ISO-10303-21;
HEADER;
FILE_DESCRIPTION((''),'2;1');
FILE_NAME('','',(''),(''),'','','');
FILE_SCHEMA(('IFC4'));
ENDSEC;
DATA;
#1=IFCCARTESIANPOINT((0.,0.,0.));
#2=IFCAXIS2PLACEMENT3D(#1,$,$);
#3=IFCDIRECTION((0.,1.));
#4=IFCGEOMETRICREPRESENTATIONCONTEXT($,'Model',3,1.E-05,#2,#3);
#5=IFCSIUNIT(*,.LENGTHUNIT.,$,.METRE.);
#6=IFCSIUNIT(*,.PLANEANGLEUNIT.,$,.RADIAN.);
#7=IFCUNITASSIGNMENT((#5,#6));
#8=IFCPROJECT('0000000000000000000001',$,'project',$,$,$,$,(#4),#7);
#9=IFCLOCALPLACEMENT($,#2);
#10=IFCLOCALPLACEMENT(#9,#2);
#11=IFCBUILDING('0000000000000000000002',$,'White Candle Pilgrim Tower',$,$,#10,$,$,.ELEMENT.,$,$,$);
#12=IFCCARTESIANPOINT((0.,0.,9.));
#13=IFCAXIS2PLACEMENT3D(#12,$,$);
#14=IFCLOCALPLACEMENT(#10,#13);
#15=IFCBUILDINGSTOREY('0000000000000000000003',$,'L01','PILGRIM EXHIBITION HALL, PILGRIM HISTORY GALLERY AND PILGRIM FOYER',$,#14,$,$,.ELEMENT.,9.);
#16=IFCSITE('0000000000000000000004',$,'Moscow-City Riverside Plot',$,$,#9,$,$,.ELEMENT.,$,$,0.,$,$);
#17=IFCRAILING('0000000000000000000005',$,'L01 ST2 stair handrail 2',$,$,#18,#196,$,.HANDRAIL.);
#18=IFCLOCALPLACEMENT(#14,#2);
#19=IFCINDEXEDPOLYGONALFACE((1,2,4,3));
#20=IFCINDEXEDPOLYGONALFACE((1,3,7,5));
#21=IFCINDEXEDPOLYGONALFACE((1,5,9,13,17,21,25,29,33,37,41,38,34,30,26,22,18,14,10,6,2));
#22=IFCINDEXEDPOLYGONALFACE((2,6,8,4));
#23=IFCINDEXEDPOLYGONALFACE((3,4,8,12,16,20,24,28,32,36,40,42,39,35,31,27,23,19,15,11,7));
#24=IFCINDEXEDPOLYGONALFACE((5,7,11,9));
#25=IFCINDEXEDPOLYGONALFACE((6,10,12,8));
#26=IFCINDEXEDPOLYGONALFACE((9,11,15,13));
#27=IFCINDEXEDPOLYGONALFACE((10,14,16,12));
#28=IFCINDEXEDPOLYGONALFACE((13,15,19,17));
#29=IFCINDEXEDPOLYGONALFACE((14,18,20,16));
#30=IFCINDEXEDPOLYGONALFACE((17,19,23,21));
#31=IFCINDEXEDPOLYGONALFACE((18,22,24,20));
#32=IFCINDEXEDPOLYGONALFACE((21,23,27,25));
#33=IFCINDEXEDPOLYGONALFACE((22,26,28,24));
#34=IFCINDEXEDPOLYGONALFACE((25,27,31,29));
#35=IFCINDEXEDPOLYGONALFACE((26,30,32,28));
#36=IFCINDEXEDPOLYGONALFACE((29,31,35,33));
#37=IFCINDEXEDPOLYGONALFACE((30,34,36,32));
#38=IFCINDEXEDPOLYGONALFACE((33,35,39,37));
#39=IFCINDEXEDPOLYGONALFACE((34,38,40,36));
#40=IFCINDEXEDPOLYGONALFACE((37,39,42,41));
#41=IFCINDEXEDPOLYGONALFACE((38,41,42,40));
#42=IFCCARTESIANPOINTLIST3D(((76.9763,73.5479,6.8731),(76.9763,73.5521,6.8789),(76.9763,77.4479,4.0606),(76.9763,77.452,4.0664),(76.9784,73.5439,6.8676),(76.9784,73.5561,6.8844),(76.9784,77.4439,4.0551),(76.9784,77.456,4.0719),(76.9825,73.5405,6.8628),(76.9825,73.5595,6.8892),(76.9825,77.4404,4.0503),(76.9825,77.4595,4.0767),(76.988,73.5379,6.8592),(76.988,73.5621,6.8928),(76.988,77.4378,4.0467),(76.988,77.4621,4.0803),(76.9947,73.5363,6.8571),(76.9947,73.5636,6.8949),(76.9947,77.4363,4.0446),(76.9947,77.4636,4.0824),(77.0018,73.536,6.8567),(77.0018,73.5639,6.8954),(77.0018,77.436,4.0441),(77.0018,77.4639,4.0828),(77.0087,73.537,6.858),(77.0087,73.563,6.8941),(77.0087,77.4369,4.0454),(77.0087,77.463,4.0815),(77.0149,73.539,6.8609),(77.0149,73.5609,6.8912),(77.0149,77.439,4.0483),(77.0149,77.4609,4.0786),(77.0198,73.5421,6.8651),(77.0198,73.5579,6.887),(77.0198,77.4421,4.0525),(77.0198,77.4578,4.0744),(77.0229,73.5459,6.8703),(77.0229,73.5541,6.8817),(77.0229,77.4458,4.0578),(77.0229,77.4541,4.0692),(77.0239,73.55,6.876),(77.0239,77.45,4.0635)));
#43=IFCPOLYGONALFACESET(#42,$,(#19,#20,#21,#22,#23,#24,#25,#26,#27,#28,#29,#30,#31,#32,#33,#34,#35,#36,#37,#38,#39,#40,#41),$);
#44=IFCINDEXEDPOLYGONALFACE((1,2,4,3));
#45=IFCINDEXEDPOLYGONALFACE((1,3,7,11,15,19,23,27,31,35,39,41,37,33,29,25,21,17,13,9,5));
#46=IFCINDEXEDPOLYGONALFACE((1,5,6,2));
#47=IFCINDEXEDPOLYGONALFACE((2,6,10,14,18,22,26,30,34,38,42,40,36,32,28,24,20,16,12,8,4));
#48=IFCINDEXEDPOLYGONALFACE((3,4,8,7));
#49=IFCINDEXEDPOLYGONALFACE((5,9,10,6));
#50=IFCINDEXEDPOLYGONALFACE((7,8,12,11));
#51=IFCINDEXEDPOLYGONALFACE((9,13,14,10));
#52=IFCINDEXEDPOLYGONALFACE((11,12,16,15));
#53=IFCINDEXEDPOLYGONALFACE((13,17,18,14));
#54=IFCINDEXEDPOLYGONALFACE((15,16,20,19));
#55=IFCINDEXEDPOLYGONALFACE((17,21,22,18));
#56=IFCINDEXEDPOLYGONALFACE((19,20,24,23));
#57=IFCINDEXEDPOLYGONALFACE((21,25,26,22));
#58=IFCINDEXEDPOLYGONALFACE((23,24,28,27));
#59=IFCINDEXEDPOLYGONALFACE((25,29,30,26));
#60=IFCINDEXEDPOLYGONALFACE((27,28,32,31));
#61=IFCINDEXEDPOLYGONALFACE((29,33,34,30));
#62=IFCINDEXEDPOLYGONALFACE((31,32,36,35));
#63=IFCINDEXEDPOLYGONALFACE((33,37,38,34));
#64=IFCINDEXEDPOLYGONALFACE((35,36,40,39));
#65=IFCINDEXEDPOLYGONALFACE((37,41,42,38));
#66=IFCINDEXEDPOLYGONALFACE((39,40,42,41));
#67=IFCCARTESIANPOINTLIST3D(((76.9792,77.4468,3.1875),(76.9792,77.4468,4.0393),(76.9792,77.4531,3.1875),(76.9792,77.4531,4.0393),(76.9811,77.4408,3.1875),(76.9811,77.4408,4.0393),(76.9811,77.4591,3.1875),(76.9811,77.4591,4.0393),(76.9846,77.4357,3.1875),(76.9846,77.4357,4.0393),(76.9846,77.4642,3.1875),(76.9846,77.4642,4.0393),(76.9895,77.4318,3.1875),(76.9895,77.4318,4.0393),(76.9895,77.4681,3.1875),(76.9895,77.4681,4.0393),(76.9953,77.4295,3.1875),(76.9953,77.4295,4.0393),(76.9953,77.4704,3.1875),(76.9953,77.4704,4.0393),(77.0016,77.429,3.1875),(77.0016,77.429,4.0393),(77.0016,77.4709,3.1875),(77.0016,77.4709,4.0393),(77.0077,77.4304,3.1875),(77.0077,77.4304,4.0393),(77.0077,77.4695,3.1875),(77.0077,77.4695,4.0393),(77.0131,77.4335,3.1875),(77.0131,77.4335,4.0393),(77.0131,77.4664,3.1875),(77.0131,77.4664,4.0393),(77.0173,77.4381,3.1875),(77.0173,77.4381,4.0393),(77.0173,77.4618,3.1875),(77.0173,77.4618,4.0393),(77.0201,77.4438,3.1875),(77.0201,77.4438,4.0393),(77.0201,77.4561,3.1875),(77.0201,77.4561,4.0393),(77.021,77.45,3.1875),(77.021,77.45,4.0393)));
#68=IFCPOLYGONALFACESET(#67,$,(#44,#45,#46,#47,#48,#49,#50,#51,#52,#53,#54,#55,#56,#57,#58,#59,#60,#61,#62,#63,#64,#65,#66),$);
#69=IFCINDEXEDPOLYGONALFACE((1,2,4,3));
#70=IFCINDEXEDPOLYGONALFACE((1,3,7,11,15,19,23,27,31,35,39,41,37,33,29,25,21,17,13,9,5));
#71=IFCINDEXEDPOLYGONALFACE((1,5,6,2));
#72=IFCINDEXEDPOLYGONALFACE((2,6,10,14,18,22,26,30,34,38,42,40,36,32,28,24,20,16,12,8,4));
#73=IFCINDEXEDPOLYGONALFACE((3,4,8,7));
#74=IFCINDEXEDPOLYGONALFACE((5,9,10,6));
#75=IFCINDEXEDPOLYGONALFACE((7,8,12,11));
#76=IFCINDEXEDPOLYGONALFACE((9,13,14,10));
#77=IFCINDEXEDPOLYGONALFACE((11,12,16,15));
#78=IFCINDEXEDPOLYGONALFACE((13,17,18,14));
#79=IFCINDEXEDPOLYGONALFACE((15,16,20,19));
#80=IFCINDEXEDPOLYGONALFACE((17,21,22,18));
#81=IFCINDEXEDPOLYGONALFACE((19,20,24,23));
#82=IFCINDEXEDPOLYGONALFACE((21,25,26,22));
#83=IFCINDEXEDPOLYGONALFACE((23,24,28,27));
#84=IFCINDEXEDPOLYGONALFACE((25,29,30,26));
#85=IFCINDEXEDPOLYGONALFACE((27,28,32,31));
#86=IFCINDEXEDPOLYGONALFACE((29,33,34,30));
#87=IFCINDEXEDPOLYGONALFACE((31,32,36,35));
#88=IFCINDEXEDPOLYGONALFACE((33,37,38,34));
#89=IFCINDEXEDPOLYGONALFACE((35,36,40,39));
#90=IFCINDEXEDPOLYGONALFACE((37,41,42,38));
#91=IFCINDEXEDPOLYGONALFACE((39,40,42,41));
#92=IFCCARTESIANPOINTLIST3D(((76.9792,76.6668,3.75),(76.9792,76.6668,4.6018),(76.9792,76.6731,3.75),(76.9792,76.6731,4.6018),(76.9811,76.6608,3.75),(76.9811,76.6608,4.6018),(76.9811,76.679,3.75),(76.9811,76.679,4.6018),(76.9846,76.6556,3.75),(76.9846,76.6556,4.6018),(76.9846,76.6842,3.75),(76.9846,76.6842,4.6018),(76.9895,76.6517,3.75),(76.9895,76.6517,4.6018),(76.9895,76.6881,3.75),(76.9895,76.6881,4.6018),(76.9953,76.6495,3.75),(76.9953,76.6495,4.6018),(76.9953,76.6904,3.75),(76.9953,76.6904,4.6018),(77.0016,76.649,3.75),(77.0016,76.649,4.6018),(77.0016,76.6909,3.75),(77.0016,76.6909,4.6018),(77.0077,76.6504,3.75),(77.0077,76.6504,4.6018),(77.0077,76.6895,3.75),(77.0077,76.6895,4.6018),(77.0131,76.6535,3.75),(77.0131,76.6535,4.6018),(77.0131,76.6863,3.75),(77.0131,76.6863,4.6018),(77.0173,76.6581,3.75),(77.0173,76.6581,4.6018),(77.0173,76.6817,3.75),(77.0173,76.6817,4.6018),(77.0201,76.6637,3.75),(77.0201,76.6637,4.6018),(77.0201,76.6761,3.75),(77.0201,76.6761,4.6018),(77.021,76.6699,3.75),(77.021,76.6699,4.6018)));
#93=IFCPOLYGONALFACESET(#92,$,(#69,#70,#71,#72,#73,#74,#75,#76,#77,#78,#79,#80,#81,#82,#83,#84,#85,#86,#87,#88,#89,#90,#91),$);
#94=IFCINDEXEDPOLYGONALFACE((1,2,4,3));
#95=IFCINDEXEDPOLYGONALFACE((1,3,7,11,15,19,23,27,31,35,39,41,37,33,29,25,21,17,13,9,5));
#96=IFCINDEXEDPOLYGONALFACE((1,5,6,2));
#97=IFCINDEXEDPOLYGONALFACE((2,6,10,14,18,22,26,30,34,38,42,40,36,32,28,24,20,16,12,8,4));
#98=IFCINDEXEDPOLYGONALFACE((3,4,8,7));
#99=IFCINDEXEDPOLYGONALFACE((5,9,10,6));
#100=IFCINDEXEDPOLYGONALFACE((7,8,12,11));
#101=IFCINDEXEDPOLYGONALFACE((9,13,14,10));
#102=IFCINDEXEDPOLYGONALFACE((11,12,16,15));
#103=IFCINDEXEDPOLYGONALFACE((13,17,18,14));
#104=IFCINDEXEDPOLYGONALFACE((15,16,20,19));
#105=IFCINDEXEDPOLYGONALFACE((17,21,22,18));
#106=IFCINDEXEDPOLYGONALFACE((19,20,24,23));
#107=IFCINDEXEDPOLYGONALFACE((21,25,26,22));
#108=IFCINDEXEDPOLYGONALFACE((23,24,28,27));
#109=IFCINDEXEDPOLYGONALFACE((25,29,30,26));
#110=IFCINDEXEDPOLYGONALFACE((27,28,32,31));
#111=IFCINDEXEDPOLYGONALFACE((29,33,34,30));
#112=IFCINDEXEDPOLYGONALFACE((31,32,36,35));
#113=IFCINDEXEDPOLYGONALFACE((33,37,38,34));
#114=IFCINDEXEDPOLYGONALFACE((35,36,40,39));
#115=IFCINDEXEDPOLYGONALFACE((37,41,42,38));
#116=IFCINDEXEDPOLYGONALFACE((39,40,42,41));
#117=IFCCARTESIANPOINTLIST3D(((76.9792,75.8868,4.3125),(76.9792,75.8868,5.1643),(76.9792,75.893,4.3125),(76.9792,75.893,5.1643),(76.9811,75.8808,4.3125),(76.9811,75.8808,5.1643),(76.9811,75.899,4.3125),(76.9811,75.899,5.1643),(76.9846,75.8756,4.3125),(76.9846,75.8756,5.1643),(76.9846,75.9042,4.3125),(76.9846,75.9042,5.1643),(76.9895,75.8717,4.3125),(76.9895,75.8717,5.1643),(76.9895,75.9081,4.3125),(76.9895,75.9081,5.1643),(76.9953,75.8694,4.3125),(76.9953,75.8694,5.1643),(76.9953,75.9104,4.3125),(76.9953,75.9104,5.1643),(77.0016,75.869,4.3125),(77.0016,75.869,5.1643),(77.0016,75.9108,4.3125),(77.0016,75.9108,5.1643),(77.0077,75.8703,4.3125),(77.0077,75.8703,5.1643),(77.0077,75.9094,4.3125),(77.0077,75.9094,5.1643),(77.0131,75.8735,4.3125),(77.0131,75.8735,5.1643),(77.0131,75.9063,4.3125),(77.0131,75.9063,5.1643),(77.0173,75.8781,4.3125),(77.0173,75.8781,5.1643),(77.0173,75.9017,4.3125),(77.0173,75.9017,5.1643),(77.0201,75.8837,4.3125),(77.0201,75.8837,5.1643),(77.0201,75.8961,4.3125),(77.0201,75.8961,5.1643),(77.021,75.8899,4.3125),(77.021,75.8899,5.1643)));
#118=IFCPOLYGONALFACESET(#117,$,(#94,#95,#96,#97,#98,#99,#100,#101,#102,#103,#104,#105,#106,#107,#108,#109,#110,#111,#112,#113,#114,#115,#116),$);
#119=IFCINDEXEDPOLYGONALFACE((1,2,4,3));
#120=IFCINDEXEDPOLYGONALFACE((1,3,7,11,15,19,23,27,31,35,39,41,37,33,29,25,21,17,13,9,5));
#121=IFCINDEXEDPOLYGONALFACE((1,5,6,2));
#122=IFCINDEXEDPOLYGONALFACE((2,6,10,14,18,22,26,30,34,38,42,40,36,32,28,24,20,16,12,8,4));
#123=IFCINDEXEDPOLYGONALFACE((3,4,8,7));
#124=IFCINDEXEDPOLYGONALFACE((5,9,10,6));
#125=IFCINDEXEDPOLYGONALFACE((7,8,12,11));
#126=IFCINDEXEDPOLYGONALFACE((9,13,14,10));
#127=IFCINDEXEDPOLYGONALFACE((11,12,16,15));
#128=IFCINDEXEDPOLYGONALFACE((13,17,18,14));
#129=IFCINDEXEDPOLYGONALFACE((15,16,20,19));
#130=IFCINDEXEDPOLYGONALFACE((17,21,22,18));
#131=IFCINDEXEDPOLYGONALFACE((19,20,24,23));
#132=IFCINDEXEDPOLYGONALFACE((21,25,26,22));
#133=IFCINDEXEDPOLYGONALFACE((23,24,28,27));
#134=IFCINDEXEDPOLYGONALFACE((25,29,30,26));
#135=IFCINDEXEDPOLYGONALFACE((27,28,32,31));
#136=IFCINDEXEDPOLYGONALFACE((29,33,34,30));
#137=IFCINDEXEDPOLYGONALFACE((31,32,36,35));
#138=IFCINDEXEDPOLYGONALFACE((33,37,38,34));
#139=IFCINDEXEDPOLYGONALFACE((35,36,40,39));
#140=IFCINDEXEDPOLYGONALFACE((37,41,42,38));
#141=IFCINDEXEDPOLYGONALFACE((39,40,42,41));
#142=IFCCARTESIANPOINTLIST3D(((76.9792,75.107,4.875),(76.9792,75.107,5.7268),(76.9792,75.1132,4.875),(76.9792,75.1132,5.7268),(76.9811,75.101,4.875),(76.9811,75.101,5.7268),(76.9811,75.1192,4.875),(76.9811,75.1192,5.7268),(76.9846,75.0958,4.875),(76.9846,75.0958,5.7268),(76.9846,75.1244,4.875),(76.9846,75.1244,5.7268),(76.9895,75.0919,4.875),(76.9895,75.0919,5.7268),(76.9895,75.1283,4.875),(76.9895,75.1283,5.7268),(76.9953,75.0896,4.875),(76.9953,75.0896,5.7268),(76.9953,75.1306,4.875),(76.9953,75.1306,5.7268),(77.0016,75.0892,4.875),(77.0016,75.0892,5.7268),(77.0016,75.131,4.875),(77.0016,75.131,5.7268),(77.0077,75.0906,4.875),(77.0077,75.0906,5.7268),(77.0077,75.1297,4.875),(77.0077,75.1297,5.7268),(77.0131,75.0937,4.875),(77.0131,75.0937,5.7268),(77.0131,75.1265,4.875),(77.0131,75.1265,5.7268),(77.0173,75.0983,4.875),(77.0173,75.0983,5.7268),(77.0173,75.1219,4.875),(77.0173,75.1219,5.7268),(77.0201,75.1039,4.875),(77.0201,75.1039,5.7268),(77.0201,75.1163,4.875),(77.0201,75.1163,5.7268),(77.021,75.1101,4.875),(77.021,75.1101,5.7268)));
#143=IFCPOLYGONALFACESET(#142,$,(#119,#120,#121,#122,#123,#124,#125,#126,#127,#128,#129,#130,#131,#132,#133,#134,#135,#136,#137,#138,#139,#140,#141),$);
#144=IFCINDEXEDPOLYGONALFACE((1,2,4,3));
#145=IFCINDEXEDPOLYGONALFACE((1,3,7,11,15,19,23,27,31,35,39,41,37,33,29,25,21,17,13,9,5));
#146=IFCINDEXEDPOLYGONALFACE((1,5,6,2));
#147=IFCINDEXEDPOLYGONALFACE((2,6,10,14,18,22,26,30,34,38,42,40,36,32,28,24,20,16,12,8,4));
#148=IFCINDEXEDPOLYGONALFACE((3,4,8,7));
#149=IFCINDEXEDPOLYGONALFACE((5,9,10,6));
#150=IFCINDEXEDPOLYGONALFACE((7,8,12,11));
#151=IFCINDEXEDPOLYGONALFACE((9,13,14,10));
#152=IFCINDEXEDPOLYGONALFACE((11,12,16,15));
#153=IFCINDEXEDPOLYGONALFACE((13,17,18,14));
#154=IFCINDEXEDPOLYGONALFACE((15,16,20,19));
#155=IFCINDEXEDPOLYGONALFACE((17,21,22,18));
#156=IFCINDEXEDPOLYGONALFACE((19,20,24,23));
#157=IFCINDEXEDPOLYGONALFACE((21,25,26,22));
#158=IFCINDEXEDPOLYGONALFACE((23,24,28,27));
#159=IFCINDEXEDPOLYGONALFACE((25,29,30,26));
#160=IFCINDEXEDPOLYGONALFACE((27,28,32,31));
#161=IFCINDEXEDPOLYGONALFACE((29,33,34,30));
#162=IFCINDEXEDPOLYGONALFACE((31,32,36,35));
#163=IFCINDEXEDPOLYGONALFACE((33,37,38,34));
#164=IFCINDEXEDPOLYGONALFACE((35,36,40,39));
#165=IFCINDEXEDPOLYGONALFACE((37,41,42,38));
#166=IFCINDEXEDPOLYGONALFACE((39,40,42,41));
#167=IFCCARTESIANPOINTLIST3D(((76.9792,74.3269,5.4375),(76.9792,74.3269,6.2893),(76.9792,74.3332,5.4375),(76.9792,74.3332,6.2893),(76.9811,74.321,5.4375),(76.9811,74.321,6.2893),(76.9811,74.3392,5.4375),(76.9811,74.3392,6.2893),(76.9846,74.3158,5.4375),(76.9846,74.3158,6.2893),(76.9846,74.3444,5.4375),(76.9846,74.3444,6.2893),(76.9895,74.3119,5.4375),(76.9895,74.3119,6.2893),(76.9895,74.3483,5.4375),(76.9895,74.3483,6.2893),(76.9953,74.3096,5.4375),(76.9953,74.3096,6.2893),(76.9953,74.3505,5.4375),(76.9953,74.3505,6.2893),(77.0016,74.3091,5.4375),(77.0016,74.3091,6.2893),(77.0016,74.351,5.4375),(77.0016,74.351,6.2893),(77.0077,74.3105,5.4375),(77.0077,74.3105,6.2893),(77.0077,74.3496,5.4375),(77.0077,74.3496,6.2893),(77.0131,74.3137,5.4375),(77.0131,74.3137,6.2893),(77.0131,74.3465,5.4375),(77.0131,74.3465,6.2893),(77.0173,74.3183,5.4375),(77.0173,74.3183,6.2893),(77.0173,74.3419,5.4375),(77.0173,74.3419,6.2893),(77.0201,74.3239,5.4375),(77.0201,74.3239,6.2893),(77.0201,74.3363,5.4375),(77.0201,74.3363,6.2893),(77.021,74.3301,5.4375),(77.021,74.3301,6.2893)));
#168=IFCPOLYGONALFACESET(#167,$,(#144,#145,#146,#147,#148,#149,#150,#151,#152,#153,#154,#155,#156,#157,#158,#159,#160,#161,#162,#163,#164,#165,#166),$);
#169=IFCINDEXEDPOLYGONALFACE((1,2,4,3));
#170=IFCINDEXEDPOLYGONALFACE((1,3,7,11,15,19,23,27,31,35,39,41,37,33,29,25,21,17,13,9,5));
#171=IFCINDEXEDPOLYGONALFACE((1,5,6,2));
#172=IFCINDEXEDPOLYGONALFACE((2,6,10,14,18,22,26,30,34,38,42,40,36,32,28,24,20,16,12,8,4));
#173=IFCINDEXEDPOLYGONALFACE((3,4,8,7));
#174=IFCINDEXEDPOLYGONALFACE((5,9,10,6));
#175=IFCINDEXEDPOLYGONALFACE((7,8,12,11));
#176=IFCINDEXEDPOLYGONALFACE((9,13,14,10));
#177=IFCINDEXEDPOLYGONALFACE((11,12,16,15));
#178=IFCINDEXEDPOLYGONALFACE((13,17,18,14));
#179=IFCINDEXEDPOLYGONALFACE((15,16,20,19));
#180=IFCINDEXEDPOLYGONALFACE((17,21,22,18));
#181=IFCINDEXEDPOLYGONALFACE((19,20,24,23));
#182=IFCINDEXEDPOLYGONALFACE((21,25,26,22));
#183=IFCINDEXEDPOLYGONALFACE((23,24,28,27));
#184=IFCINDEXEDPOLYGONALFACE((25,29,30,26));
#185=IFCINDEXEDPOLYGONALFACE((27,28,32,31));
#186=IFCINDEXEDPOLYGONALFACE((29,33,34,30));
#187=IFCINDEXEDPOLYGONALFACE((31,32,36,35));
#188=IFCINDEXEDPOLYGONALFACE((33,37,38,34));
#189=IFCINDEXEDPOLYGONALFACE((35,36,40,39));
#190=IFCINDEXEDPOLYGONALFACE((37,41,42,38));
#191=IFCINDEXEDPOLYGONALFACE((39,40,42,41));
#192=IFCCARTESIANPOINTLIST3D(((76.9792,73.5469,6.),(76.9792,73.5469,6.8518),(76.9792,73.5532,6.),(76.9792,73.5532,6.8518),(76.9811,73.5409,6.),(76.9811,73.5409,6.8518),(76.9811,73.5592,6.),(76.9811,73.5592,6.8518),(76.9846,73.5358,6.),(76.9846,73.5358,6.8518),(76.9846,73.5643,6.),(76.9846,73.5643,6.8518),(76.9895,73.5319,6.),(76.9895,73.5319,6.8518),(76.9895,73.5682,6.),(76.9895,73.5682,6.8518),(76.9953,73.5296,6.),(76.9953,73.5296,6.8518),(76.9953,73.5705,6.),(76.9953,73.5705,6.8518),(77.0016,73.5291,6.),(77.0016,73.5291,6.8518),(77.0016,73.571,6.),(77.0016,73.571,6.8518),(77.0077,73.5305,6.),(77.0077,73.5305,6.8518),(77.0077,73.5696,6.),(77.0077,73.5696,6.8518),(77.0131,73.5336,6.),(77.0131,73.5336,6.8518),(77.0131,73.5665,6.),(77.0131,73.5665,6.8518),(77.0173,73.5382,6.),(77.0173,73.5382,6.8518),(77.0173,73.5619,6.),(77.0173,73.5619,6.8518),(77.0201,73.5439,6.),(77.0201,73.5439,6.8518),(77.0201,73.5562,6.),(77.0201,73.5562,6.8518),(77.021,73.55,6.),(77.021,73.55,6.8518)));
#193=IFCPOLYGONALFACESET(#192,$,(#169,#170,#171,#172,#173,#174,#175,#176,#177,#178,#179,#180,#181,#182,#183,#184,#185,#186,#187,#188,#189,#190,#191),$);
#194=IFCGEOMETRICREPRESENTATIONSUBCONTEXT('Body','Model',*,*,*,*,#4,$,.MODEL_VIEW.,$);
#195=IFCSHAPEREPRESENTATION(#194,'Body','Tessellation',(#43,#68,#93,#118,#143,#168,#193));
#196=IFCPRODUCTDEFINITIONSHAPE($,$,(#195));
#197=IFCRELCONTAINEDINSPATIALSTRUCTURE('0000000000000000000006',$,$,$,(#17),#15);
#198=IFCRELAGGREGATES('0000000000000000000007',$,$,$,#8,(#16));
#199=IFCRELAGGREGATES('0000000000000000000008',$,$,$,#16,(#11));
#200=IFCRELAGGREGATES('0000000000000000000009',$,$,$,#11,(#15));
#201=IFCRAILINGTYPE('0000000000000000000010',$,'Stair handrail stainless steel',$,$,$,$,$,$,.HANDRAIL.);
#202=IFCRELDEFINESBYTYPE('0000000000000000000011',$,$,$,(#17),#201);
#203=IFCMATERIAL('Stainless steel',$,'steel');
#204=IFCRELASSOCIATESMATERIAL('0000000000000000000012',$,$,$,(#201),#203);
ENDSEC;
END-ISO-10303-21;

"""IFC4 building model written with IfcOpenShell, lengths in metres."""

from ifc_helpers import new_model, si_unit, direction, frame, origin, origin_2d, place, context, subcontext, project, spatial, circle, extrude, material, type_object, element, save


model = new_model("IFC4")

# Units and contexts
model_context = context("Model", 3, precision=1e-05, world=origin(), true_north=direction((0.0, 1.0)))
body_context = subcontext(model_context, "Body", "Model", "MODEL_VIEW")
ifc_project = project(units=[si_unit("LENGTHUNIT", "METRE"), si_unit("PLANEANGLEUNIT", "RADIAN")], contexts=[model_context])

# Site, building, storey
site_placement = place(None, origin())
site = spatial("IfcSite", under=ifc_project, at=site_placement, Name="Moscow-City Riverside Plot", CompositionType="ELEMENT", RefElevation=0.0)
building_placement = place(site_placement, origin())
building = spatial("IfcBuilding", under=site, at=building_placement, Name="White Candle Pilgrim Tower", CompositionType="ELEMENT")
storey_placement = place(building_placement, frame((0.0, 0.0, 9.0)))
storey = spatial("IfcBuildingStorey", under=building, at=storey_placement, Name="L01", Description="PILGRIM EXHIBITION HALL, PILGRIM HISTORY GALLERY AND PILGRIM FOYER", CompositionType="ELEMENT", Elevation=9.0)

# Railing
ifc_material_1 = material(Name="Stainless steel", Category="steel")
railing_type_1 = type_object("IfcRailingType", Name="Stair handrail stainless steel", PredefinedType="HANDRAIL", material=ifc_material_1)
railing_1_placement = place(storey_placement, frame((77.0, 77.45, 3.1875)))
element("IfcRailing", 1, at=railing_1_placement, inside=storey, type_object=railing_type_1, Name="L01 ST2 stair handrail 2", PredefinedType="HANDRAIL", context=body_context, shape_type="SweptSolid", body=[
    extrude(circle(Radius=0.0239, at=origin_2d()), frame((0.0, 0.0, 0.876), z_axis=(0.0, -0.811083, 0.584931), x_axis=(1.0, 0.0, 0.0)), (0.0, 0.0, 1.0), 4.8083),
    extrude(circle(Radius=0.021, at=origin_2d()), origin(), (0.0, 0.0, 1.0), 0.8518),
    extrude(circle(Radius=0.021, at=origin_2d()), frame((0.0, -0.78, 0.5625)), (0.0, 0.0, 1.0), 0.8518),
    extrude(circle(Radius=0.021, at=origin_2d()), frame((0.0, -1.5601, 1.125)), (0.0, 0.0, 1.0), 0.8518),
    extrude(circle(Radius=0.021, at=origin_2d()), frame((0.0, -2.3398, 1.6875)), (0.0, 0.0, 1.0), 0.8518),
    extrude(circle(Radius=0.021, at=origin_2d()), frame((0.0, -3.1199, 2.25)), (0.0, 0.0, 1.0), 0.8518),
    extrude(circle(Radius=0.021, at=origin_2d()), frame((0.0, -3.8999, 2.8125)), (0.0, 0.0, 1.0), 0.8518),
])

save(model, "model.ifc")
